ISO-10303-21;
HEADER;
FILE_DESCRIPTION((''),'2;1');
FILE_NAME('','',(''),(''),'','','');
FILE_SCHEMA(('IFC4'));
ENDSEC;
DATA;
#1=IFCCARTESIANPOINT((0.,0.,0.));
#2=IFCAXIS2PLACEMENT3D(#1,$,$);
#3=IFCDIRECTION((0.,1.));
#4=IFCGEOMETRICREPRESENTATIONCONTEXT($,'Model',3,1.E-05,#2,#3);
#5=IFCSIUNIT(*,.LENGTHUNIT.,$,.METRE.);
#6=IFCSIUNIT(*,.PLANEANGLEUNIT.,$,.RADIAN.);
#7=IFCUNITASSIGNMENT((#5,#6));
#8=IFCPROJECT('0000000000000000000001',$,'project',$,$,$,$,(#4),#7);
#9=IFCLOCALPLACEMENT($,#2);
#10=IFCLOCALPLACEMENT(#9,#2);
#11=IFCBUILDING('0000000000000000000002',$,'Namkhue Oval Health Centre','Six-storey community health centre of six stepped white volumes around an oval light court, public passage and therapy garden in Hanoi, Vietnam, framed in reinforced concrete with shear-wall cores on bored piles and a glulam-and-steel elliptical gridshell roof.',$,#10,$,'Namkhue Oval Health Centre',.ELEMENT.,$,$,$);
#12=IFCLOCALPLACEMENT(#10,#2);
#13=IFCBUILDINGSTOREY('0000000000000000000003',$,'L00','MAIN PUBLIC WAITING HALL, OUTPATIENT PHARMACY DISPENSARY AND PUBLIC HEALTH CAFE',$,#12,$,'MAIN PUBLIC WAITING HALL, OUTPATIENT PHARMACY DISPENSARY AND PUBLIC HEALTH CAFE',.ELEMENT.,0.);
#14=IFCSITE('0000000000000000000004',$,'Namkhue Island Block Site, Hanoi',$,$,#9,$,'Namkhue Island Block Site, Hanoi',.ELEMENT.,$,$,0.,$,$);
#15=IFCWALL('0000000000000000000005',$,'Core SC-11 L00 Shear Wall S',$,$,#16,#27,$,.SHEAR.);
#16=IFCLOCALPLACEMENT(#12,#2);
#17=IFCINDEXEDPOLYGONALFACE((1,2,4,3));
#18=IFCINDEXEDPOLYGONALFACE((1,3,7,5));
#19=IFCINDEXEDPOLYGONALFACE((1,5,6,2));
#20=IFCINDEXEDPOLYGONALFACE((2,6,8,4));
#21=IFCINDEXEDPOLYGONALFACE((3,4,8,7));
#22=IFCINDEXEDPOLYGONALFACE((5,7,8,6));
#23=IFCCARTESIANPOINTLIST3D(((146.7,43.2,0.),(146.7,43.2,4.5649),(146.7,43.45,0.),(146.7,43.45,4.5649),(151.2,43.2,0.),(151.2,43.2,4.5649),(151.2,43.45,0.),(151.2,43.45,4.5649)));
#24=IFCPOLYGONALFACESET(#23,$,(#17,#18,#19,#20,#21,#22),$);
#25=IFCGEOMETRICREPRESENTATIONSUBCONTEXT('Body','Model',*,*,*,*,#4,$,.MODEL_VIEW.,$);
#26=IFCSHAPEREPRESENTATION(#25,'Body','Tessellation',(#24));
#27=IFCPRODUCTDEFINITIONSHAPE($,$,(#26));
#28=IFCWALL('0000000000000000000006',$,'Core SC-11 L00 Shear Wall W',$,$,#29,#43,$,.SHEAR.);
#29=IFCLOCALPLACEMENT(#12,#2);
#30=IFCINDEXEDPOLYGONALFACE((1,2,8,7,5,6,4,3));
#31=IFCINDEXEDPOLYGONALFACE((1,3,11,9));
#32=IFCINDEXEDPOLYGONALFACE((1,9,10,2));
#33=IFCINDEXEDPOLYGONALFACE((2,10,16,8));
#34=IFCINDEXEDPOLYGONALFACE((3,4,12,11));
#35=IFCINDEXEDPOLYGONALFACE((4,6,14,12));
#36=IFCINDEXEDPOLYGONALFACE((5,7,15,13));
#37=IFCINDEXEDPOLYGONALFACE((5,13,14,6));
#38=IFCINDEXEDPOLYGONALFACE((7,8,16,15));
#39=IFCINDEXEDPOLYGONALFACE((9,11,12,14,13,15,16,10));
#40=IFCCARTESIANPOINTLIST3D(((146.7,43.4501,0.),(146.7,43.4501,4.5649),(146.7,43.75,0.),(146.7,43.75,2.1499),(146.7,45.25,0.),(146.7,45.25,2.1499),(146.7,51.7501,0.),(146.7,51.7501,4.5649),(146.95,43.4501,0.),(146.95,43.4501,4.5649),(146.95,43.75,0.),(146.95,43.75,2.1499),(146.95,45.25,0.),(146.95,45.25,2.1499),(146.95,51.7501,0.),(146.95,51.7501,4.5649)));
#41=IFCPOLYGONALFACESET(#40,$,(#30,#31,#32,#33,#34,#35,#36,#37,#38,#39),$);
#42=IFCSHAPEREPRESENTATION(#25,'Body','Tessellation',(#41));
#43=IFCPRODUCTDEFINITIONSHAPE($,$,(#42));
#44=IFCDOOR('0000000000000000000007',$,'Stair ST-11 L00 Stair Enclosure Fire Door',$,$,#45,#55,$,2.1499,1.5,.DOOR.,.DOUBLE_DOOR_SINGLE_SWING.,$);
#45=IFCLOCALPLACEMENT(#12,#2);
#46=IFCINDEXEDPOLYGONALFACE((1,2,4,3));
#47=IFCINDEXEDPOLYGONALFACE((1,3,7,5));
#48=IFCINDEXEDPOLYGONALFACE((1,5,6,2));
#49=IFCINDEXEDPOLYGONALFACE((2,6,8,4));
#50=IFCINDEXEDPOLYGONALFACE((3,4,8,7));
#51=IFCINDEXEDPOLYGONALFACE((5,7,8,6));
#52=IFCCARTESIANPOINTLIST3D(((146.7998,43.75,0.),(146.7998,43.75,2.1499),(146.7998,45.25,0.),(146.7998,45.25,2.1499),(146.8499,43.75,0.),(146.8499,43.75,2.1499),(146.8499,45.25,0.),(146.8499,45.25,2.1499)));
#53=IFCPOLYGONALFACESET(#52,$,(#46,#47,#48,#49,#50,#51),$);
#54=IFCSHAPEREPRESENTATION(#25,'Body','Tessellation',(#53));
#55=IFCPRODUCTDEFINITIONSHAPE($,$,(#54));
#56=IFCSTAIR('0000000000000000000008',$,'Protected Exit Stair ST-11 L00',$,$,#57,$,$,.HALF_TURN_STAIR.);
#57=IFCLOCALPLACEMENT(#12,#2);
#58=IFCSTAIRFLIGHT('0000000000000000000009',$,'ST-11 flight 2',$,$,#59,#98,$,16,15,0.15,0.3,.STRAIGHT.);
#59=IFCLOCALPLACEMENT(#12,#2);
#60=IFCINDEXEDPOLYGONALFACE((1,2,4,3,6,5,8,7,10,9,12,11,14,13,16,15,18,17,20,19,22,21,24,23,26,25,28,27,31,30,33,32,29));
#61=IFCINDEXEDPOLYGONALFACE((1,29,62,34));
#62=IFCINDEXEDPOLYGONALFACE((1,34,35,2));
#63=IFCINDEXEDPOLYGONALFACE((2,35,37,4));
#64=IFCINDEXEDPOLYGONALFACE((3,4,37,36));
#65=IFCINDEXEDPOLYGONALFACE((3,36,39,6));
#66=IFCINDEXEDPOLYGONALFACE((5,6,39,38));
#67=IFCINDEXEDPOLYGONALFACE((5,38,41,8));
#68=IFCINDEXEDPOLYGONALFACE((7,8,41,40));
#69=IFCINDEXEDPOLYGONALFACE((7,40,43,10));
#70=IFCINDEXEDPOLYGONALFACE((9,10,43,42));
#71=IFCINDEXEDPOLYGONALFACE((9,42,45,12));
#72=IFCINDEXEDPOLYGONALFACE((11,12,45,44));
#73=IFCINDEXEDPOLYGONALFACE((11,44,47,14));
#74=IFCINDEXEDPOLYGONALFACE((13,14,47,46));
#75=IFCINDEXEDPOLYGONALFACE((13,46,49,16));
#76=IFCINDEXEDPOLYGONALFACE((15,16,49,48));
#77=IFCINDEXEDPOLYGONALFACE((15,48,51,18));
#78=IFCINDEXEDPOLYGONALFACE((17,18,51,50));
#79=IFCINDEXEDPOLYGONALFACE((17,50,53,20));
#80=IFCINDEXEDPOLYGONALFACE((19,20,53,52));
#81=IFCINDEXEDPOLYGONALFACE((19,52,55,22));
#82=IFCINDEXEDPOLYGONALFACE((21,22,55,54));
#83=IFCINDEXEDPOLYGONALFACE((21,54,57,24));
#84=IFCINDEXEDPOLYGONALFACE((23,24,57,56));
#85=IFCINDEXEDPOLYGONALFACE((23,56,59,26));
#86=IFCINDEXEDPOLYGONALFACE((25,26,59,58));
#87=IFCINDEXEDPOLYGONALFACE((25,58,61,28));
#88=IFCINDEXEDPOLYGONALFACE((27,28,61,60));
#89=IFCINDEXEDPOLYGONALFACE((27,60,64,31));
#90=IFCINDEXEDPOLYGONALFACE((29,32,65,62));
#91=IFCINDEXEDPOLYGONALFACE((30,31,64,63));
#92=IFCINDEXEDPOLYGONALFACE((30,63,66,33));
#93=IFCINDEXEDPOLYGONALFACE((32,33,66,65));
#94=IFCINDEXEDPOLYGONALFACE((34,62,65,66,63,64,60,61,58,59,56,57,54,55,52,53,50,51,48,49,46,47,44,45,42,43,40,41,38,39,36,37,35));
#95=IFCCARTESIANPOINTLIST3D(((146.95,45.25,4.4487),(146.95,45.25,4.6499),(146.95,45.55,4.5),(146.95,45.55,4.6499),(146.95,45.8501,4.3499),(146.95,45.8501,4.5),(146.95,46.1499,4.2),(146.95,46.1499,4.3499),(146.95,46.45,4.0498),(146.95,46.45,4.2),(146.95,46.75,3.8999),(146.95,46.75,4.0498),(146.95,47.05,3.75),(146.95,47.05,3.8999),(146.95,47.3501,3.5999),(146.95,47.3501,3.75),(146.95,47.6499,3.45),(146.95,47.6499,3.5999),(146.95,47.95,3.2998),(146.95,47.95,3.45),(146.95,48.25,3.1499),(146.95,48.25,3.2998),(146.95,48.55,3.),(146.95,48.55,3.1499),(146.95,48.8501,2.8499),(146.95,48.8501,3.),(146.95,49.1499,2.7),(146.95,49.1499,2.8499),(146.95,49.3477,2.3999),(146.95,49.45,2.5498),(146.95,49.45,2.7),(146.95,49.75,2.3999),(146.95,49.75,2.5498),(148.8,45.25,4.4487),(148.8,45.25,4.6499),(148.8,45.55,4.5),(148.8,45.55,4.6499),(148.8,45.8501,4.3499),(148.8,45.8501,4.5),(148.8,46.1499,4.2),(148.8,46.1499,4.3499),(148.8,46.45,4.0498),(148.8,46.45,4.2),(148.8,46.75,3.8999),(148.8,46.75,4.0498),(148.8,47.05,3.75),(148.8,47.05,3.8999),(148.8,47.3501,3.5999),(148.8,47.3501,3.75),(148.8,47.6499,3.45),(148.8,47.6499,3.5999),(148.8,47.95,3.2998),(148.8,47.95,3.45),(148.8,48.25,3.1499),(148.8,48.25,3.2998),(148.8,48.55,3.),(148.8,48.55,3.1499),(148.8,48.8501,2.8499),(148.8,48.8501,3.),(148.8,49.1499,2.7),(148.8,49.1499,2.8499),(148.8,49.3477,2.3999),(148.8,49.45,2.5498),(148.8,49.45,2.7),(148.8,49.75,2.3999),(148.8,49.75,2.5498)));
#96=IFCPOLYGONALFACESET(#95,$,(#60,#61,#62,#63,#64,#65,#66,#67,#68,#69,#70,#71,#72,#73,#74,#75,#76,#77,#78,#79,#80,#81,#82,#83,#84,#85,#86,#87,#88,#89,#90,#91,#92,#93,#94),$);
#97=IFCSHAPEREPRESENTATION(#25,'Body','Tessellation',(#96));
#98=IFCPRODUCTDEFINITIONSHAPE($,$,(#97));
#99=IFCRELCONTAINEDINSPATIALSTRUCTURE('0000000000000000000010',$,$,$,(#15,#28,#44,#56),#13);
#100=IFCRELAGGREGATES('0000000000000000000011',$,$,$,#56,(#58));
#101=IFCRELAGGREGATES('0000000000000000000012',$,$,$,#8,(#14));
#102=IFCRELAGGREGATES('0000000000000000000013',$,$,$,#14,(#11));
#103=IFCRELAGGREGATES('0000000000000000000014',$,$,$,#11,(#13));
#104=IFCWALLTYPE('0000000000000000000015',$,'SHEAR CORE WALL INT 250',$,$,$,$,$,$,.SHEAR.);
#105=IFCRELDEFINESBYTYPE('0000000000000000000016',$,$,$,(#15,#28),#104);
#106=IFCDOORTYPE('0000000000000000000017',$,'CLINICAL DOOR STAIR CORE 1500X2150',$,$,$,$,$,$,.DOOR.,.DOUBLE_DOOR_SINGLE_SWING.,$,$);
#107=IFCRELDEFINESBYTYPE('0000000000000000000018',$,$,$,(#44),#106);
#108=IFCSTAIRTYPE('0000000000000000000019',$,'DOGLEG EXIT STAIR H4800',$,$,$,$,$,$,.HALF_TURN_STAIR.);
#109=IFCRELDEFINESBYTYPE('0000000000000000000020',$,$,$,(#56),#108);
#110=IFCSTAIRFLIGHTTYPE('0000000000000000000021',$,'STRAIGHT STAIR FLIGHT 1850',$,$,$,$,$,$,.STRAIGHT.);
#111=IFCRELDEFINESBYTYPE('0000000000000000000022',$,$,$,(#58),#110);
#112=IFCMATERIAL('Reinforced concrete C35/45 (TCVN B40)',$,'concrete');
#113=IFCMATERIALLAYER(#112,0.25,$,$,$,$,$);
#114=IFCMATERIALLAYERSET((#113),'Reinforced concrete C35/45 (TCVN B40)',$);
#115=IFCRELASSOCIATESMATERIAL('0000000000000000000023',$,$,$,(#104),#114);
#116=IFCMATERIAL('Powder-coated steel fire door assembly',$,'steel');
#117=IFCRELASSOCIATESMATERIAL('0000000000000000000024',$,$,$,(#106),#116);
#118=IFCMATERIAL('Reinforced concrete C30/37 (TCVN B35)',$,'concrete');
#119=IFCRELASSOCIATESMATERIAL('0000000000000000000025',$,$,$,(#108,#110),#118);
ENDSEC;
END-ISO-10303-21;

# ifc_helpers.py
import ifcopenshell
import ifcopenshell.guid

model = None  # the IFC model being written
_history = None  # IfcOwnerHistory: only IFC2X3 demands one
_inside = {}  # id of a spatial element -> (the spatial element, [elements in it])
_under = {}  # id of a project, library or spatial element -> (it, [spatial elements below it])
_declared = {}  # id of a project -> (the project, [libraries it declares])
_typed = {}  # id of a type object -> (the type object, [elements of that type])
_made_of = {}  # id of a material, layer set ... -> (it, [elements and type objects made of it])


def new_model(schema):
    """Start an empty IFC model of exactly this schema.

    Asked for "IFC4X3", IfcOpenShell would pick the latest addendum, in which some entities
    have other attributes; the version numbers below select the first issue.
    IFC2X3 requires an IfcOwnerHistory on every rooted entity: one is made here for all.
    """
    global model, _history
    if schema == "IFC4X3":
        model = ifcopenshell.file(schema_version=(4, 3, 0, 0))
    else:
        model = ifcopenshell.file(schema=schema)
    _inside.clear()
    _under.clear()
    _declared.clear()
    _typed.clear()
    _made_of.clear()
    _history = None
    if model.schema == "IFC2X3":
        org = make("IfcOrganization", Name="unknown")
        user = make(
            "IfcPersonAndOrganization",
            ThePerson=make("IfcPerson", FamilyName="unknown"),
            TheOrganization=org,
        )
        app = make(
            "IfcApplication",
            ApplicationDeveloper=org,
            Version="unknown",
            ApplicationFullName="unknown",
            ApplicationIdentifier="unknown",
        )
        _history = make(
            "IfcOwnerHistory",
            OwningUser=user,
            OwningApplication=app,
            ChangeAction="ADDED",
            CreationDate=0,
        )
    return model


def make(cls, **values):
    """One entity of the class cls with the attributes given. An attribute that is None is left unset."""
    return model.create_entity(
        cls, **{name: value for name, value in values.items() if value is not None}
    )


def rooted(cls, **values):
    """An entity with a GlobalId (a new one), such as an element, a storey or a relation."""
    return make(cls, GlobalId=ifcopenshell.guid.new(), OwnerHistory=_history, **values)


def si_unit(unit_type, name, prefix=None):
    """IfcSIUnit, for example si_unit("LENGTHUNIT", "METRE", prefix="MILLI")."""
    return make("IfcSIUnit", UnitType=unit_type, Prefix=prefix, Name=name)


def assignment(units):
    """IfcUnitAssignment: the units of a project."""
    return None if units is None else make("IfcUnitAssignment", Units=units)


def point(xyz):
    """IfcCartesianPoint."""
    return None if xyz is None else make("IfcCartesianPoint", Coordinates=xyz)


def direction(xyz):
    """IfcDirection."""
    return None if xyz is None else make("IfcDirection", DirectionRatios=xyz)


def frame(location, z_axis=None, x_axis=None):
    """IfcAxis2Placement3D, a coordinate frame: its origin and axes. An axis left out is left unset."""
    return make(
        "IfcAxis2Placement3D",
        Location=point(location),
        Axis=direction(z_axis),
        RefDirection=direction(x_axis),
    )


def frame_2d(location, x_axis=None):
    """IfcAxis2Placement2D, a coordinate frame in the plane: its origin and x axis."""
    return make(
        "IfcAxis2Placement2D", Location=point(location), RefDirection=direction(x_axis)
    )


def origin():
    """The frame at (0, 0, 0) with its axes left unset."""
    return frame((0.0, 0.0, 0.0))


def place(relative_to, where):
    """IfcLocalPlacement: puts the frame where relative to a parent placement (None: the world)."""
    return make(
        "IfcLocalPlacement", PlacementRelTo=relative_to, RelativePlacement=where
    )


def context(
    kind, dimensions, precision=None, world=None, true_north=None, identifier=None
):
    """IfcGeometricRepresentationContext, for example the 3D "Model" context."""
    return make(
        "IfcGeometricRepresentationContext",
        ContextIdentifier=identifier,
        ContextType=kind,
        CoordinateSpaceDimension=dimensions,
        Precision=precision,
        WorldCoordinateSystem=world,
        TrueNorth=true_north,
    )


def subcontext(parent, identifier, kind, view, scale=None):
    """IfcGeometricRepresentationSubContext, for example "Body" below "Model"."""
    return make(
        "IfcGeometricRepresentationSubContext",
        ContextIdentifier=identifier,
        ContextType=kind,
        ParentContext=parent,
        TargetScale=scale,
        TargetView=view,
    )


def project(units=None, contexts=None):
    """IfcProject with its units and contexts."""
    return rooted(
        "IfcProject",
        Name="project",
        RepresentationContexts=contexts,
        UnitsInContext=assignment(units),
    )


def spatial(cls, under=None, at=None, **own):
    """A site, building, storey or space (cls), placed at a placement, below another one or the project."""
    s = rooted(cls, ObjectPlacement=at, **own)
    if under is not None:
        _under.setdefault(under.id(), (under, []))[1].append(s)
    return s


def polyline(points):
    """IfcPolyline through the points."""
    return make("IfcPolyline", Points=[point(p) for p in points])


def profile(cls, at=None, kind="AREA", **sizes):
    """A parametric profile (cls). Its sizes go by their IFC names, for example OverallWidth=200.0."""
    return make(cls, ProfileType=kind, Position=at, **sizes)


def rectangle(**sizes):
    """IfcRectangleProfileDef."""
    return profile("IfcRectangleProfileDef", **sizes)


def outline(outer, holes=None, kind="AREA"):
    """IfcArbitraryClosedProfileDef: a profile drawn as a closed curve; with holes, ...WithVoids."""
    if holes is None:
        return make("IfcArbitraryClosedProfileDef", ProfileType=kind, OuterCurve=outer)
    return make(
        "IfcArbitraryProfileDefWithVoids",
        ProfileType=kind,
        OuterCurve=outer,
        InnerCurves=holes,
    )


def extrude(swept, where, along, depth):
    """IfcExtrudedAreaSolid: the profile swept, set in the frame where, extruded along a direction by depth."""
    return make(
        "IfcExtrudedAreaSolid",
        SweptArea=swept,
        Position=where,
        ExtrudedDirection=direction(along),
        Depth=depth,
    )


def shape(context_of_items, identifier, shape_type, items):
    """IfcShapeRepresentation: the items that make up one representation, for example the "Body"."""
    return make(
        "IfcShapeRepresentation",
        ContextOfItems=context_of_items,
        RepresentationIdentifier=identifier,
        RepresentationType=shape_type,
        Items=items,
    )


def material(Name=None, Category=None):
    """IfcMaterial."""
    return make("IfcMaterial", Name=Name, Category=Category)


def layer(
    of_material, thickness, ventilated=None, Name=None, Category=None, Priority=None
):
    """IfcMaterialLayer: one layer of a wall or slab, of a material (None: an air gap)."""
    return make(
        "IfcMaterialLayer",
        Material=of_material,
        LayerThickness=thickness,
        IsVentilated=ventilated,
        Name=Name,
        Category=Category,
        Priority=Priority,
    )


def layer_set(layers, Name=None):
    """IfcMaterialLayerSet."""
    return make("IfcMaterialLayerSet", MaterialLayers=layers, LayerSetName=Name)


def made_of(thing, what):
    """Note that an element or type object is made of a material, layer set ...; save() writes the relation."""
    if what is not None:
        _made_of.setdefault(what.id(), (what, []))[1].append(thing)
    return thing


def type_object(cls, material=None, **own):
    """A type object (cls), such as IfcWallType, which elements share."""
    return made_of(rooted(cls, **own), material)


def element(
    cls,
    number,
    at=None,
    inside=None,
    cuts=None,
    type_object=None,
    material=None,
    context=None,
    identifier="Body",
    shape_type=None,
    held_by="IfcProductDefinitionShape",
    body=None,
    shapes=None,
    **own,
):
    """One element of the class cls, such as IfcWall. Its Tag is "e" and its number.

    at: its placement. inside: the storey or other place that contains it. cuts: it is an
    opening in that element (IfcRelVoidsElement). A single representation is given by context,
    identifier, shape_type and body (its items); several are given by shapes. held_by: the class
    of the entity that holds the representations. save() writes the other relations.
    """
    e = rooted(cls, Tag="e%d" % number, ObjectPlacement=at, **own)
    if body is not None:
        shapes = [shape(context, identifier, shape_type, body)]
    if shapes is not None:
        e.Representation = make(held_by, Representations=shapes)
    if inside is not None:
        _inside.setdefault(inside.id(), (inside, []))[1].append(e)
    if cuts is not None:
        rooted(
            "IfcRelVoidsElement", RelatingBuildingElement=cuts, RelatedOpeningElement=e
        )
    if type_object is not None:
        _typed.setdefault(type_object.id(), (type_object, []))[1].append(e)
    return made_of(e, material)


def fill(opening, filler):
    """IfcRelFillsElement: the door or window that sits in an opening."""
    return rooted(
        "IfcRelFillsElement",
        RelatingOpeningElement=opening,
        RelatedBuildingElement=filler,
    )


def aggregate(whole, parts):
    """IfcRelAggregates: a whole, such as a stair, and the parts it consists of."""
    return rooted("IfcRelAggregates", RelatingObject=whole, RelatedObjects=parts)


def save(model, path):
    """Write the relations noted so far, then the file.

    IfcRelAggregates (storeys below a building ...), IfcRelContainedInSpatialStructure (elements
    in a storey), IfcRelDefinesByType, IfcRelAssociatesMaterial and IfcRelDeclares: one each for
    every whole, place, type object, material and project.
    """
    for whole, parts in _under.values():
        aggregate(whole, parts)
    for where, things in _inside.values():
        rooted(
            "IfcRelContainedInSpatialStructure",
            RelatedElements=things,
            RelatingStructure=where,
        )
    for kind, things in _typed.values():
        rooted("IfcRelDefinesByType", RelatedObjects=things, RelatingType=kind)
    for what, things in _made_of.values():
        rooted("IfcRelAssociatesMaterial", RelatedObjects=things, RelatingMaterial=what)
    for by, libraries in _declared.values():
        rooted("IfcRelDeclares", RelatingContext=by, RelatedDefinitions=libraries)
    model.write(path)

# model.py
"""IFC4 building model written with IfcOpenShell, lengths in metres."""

from ifc_helpers import new_model, si_unit, direction, frame, frame_2d, origin, place, context, subcontext, project, spatial, polyline, rectangle, outline, extrude, material, layer, layer_set, type_object, element, fill, aggregate, save


model = new_model("IFC4")

# Units and contexts
model_context = context("Model", 3, precision=1e-05, world=origin(), true_north=direction((0.0, 1.0)))
body_context = subcontext(model_context, "Body", "Model", "MODEL_VIEW")
ifc_project = project(units=[si_unit("LENGTHUNIT", "METRE"), si_unit("PLANEANGLEUNIT", "RADIAN")], contexts=[model_context])

# Site, building, storey
site_placement = place(None, origin())
site = spatial("IfcSite", under=ifc_project, at=site_placement, Name="Namkhue Island Block Site, Hanoi", LongName="Namkhue Island Block Site, Hanoi", CompositionType="ELEMENT", RefElevation=0.0)
building_placement = place(site_placement, origin())
building = spatial("IfcBuilding", under=site, at=building_placement, Name="Namkhue Oval Health Centre", Description="Six-storey community health centre of six stepped white volumes around an oval light court, public passage and therapy garden in Hanoi, Vietnam, framed in reinforced concrete with shear-wall cores on bored piles and a glulam-and-steel elliptical gridshell roof.", LongName="Namkhue Oval Health Centre", CompositionType="ELEMENT")
storey_placement = place(building_placement, origin())
storey = spatial("IfcBuildingStorey", under=building, at=storey_placement, Name="L00", Description="MAIN PUBLIC WAITING HALL, OUTPATIENT PHARMACY DISPENSARY AND PUBLIC HEALTH CAFE", LongName="MAIN PUBLIC WAITING HALL, OUTPATIENT PHARMACY DISPENSARY AND PUBLIC HEALTH CAFE", CompositionType="ELEMENT", Elevation=0.0)

# Shared definitions
ifc_material_1 = material(Name="Reinforced concrete C30/37 (TCVN B35)", Category="concrete")

# Shared definitions
ifc_material_2 = material(Name="Reinforced concrete C35/45 (TCVN B40)", Category="concrete")

# Wall
ifc_layer_1 = layer(ifc_material_2, 0.25)
ifc_layer_set_1 = layer_set([ifc_layer_1], Name="Reinforced concrete C35/45 (TCVN B40)")
wall_type_1 = type_object("IfcWallType", Name="SHEAR CORE WALL INT 250", PredefinedType="SHEAR", material=ifc_layer_set_1)
wall_1_placement = place(storey_placement, frame((146.7, 43.325, 0.0), z_axis=(0.0, 0.0, 1.0), x_axis=(1.0, 0.0, 0.0)))
element("IfcWall", 1, at=wall_1_placement, inside=storey, type_object=wall_type_1, Name="Core SC-11 L00 Shear Wall S", PredefinedType="SHEAR", context=body_context, shape_type="SweptSolid", body=[
    extrude(rectangle(XDim=4.5, YDim=0.25, at=frame_2d((2.25, 0.0))), origin(), (0.0, 0.0, 1.0), 4.5649),
])

# Wall, opening, door
wall_2_placement = place(storey_placement, frame((146.825, 51.75, 0.0), z_axis=(0.0, 0.0, 1.0), x_axis=(0.0, -1.0, 0.0)))
wall_2 = element("IfcWall", 2, at=wall_2_placement, inside=storey, type_object=wall_type_1, Name="Core SC-11 L00 Shear Wall W", PredefinedType="SHEAR", context=body_context, shape_type="SweptSolid", body=[
    extrude(rectangle(XDim=8.3, YDim=0.25, at=frame_2d((4.1499, 0.0))), origin(), (0.0, 0.0, 1.0), 4.5649),
])
opening_placement = place(wall_2_placement, frame((6.5, 0.0, 0.0)))
opening = element("IfcOpeningElement", 3, at=opening_placement, cuts=wall_2, PredefinedType="OPENING", context=body_context, shape_type="SweptSolid", body=[
    extrude(rectangle(XDim=1.5, YDim=2.1499, at=frame_2d((0.75, 1.075))), frame((0.0, 0.135, 0.0), z_axis=(0.0, -1.0, 0.0), x_axis=(1.0, 0.0, 0.0)), (0.0, 0.0, 1.0), 0.27),
])
ifc_material_3 = material(Name="Powder-coated steel fire door assembly", Category="steel")
door_type = type_object("IfcDoorType", Name="CLINICAL DOOR STAIR CORE 1500X2150", OperationType="DOUBLE_DOOR_SINGLE_SWING", PredefinedType="DOOR", material=ifc_material_3)
door_placement = place(opening_placement, origin())
door = element("IfcDoor", 4, at=door_placement, inside=storey, type_object=door_type, Name="Stair ST-11 L00 Stair Enclosure Fire Door", OperationType="DOUBLE_DOOR_SINGLE_SWING", OverallHeight=2.1499, OverallWidth=1.5, PredefinedType="DOOR", context=body_context, shape_type="SweptSolid", body=[
    extrude(rectangle(XDim=1.5, YDim=2.1499, at=frame_2d((0.75, 1.075))), frame((0.0, 0.0249, 0.0), z_axis=(0.0, -1.0, 0.0), x_axis=(1.0, 0.0, 0.0)), (0.0, 0.0, 1.0), 0.05),
])
fill(opening, door)

# Stair, stair flight
stair_type = type_object("IfcStairType", Name="DOGLEG EXIT STAIR H4800", PredefinedType="HALF_TURN_STAIR", material=ifc_material_1)
stair_placement = place(storey_placement, origin())
stair = element("IfcStair", 5, at=stair_placement, inside=storey, type_object=stair_type, Name="Protected Exit Stair ST-11 L00", PredefinedType="HALF_TURN_STAIR")
stair_flight_type = type_object("IfcStairFlightType", Name="STRAIGHT STAIR FLIGHT 1850", PredefinedType="STRAIGHT", material=ifc_material_1)
stair_flight_placement = place(storey_placement, frame((147.875, 49.75, 2.3999), z_axis=(0.0, 0.0, 1.0), x_axis=(0.0, -1.0, 0.0)))
stair_flight = element("IfcStairFlight", 6, at=stair_flight_placement, type_object=stair_flight_type, Name="ST-11 flight 2", NumberOfRisers=16, NumberOfTreads=15, PredefinedType="STRAIGHT", RiserHeight=0.15, TreadLength=0.3, context=body_context, shape_type="SweptSolid", body=[
    extrude(outline(polyline([(0.0, 0.0), (0.0, 0.1499), (0.3, 0.1499), (0.3, 0.3), (0.6001, 0.3), (0.6001, 0.45), (0.8999, 0.45), (0.8999, 0.6001), (1.2, 0.6001), (1.2, 0.75), (1.5, 0.75), (1.5, 0.8999), (1.8, 0.8999), (1.8, 1.05), (2.1001, 1.05), (2.1001, 1.2), (2.3999, 1.2), (2.3999, 1.3501), (2.7, 1.3501), (2.7, 1.5), (3.0, 1.5), (3.0, 1.6499), (3.3, 1.6499), (3.3, 1.8), (3.6001, 1.8), (3.6001, 1.95), (3.8999, 1.95), (3.8999, 2.1001), (4.2, 2.1001), (4.2, 2.25), (4.5, 2.25), (4.5, 2.3999), (4.5, 2.0488), (0.4023, 0.0), (0.0, 0.0)])), frame((0.0, 0.925, 0.0), z_axis=(0.0, -1.0, 0.0), x_axis=(1.0, 0.0, 0.0)), (0.0, 0.0, 1.0), 1.8501),
])
aggregate(stair, [stair_flight])

save(model, "model.ifc")
